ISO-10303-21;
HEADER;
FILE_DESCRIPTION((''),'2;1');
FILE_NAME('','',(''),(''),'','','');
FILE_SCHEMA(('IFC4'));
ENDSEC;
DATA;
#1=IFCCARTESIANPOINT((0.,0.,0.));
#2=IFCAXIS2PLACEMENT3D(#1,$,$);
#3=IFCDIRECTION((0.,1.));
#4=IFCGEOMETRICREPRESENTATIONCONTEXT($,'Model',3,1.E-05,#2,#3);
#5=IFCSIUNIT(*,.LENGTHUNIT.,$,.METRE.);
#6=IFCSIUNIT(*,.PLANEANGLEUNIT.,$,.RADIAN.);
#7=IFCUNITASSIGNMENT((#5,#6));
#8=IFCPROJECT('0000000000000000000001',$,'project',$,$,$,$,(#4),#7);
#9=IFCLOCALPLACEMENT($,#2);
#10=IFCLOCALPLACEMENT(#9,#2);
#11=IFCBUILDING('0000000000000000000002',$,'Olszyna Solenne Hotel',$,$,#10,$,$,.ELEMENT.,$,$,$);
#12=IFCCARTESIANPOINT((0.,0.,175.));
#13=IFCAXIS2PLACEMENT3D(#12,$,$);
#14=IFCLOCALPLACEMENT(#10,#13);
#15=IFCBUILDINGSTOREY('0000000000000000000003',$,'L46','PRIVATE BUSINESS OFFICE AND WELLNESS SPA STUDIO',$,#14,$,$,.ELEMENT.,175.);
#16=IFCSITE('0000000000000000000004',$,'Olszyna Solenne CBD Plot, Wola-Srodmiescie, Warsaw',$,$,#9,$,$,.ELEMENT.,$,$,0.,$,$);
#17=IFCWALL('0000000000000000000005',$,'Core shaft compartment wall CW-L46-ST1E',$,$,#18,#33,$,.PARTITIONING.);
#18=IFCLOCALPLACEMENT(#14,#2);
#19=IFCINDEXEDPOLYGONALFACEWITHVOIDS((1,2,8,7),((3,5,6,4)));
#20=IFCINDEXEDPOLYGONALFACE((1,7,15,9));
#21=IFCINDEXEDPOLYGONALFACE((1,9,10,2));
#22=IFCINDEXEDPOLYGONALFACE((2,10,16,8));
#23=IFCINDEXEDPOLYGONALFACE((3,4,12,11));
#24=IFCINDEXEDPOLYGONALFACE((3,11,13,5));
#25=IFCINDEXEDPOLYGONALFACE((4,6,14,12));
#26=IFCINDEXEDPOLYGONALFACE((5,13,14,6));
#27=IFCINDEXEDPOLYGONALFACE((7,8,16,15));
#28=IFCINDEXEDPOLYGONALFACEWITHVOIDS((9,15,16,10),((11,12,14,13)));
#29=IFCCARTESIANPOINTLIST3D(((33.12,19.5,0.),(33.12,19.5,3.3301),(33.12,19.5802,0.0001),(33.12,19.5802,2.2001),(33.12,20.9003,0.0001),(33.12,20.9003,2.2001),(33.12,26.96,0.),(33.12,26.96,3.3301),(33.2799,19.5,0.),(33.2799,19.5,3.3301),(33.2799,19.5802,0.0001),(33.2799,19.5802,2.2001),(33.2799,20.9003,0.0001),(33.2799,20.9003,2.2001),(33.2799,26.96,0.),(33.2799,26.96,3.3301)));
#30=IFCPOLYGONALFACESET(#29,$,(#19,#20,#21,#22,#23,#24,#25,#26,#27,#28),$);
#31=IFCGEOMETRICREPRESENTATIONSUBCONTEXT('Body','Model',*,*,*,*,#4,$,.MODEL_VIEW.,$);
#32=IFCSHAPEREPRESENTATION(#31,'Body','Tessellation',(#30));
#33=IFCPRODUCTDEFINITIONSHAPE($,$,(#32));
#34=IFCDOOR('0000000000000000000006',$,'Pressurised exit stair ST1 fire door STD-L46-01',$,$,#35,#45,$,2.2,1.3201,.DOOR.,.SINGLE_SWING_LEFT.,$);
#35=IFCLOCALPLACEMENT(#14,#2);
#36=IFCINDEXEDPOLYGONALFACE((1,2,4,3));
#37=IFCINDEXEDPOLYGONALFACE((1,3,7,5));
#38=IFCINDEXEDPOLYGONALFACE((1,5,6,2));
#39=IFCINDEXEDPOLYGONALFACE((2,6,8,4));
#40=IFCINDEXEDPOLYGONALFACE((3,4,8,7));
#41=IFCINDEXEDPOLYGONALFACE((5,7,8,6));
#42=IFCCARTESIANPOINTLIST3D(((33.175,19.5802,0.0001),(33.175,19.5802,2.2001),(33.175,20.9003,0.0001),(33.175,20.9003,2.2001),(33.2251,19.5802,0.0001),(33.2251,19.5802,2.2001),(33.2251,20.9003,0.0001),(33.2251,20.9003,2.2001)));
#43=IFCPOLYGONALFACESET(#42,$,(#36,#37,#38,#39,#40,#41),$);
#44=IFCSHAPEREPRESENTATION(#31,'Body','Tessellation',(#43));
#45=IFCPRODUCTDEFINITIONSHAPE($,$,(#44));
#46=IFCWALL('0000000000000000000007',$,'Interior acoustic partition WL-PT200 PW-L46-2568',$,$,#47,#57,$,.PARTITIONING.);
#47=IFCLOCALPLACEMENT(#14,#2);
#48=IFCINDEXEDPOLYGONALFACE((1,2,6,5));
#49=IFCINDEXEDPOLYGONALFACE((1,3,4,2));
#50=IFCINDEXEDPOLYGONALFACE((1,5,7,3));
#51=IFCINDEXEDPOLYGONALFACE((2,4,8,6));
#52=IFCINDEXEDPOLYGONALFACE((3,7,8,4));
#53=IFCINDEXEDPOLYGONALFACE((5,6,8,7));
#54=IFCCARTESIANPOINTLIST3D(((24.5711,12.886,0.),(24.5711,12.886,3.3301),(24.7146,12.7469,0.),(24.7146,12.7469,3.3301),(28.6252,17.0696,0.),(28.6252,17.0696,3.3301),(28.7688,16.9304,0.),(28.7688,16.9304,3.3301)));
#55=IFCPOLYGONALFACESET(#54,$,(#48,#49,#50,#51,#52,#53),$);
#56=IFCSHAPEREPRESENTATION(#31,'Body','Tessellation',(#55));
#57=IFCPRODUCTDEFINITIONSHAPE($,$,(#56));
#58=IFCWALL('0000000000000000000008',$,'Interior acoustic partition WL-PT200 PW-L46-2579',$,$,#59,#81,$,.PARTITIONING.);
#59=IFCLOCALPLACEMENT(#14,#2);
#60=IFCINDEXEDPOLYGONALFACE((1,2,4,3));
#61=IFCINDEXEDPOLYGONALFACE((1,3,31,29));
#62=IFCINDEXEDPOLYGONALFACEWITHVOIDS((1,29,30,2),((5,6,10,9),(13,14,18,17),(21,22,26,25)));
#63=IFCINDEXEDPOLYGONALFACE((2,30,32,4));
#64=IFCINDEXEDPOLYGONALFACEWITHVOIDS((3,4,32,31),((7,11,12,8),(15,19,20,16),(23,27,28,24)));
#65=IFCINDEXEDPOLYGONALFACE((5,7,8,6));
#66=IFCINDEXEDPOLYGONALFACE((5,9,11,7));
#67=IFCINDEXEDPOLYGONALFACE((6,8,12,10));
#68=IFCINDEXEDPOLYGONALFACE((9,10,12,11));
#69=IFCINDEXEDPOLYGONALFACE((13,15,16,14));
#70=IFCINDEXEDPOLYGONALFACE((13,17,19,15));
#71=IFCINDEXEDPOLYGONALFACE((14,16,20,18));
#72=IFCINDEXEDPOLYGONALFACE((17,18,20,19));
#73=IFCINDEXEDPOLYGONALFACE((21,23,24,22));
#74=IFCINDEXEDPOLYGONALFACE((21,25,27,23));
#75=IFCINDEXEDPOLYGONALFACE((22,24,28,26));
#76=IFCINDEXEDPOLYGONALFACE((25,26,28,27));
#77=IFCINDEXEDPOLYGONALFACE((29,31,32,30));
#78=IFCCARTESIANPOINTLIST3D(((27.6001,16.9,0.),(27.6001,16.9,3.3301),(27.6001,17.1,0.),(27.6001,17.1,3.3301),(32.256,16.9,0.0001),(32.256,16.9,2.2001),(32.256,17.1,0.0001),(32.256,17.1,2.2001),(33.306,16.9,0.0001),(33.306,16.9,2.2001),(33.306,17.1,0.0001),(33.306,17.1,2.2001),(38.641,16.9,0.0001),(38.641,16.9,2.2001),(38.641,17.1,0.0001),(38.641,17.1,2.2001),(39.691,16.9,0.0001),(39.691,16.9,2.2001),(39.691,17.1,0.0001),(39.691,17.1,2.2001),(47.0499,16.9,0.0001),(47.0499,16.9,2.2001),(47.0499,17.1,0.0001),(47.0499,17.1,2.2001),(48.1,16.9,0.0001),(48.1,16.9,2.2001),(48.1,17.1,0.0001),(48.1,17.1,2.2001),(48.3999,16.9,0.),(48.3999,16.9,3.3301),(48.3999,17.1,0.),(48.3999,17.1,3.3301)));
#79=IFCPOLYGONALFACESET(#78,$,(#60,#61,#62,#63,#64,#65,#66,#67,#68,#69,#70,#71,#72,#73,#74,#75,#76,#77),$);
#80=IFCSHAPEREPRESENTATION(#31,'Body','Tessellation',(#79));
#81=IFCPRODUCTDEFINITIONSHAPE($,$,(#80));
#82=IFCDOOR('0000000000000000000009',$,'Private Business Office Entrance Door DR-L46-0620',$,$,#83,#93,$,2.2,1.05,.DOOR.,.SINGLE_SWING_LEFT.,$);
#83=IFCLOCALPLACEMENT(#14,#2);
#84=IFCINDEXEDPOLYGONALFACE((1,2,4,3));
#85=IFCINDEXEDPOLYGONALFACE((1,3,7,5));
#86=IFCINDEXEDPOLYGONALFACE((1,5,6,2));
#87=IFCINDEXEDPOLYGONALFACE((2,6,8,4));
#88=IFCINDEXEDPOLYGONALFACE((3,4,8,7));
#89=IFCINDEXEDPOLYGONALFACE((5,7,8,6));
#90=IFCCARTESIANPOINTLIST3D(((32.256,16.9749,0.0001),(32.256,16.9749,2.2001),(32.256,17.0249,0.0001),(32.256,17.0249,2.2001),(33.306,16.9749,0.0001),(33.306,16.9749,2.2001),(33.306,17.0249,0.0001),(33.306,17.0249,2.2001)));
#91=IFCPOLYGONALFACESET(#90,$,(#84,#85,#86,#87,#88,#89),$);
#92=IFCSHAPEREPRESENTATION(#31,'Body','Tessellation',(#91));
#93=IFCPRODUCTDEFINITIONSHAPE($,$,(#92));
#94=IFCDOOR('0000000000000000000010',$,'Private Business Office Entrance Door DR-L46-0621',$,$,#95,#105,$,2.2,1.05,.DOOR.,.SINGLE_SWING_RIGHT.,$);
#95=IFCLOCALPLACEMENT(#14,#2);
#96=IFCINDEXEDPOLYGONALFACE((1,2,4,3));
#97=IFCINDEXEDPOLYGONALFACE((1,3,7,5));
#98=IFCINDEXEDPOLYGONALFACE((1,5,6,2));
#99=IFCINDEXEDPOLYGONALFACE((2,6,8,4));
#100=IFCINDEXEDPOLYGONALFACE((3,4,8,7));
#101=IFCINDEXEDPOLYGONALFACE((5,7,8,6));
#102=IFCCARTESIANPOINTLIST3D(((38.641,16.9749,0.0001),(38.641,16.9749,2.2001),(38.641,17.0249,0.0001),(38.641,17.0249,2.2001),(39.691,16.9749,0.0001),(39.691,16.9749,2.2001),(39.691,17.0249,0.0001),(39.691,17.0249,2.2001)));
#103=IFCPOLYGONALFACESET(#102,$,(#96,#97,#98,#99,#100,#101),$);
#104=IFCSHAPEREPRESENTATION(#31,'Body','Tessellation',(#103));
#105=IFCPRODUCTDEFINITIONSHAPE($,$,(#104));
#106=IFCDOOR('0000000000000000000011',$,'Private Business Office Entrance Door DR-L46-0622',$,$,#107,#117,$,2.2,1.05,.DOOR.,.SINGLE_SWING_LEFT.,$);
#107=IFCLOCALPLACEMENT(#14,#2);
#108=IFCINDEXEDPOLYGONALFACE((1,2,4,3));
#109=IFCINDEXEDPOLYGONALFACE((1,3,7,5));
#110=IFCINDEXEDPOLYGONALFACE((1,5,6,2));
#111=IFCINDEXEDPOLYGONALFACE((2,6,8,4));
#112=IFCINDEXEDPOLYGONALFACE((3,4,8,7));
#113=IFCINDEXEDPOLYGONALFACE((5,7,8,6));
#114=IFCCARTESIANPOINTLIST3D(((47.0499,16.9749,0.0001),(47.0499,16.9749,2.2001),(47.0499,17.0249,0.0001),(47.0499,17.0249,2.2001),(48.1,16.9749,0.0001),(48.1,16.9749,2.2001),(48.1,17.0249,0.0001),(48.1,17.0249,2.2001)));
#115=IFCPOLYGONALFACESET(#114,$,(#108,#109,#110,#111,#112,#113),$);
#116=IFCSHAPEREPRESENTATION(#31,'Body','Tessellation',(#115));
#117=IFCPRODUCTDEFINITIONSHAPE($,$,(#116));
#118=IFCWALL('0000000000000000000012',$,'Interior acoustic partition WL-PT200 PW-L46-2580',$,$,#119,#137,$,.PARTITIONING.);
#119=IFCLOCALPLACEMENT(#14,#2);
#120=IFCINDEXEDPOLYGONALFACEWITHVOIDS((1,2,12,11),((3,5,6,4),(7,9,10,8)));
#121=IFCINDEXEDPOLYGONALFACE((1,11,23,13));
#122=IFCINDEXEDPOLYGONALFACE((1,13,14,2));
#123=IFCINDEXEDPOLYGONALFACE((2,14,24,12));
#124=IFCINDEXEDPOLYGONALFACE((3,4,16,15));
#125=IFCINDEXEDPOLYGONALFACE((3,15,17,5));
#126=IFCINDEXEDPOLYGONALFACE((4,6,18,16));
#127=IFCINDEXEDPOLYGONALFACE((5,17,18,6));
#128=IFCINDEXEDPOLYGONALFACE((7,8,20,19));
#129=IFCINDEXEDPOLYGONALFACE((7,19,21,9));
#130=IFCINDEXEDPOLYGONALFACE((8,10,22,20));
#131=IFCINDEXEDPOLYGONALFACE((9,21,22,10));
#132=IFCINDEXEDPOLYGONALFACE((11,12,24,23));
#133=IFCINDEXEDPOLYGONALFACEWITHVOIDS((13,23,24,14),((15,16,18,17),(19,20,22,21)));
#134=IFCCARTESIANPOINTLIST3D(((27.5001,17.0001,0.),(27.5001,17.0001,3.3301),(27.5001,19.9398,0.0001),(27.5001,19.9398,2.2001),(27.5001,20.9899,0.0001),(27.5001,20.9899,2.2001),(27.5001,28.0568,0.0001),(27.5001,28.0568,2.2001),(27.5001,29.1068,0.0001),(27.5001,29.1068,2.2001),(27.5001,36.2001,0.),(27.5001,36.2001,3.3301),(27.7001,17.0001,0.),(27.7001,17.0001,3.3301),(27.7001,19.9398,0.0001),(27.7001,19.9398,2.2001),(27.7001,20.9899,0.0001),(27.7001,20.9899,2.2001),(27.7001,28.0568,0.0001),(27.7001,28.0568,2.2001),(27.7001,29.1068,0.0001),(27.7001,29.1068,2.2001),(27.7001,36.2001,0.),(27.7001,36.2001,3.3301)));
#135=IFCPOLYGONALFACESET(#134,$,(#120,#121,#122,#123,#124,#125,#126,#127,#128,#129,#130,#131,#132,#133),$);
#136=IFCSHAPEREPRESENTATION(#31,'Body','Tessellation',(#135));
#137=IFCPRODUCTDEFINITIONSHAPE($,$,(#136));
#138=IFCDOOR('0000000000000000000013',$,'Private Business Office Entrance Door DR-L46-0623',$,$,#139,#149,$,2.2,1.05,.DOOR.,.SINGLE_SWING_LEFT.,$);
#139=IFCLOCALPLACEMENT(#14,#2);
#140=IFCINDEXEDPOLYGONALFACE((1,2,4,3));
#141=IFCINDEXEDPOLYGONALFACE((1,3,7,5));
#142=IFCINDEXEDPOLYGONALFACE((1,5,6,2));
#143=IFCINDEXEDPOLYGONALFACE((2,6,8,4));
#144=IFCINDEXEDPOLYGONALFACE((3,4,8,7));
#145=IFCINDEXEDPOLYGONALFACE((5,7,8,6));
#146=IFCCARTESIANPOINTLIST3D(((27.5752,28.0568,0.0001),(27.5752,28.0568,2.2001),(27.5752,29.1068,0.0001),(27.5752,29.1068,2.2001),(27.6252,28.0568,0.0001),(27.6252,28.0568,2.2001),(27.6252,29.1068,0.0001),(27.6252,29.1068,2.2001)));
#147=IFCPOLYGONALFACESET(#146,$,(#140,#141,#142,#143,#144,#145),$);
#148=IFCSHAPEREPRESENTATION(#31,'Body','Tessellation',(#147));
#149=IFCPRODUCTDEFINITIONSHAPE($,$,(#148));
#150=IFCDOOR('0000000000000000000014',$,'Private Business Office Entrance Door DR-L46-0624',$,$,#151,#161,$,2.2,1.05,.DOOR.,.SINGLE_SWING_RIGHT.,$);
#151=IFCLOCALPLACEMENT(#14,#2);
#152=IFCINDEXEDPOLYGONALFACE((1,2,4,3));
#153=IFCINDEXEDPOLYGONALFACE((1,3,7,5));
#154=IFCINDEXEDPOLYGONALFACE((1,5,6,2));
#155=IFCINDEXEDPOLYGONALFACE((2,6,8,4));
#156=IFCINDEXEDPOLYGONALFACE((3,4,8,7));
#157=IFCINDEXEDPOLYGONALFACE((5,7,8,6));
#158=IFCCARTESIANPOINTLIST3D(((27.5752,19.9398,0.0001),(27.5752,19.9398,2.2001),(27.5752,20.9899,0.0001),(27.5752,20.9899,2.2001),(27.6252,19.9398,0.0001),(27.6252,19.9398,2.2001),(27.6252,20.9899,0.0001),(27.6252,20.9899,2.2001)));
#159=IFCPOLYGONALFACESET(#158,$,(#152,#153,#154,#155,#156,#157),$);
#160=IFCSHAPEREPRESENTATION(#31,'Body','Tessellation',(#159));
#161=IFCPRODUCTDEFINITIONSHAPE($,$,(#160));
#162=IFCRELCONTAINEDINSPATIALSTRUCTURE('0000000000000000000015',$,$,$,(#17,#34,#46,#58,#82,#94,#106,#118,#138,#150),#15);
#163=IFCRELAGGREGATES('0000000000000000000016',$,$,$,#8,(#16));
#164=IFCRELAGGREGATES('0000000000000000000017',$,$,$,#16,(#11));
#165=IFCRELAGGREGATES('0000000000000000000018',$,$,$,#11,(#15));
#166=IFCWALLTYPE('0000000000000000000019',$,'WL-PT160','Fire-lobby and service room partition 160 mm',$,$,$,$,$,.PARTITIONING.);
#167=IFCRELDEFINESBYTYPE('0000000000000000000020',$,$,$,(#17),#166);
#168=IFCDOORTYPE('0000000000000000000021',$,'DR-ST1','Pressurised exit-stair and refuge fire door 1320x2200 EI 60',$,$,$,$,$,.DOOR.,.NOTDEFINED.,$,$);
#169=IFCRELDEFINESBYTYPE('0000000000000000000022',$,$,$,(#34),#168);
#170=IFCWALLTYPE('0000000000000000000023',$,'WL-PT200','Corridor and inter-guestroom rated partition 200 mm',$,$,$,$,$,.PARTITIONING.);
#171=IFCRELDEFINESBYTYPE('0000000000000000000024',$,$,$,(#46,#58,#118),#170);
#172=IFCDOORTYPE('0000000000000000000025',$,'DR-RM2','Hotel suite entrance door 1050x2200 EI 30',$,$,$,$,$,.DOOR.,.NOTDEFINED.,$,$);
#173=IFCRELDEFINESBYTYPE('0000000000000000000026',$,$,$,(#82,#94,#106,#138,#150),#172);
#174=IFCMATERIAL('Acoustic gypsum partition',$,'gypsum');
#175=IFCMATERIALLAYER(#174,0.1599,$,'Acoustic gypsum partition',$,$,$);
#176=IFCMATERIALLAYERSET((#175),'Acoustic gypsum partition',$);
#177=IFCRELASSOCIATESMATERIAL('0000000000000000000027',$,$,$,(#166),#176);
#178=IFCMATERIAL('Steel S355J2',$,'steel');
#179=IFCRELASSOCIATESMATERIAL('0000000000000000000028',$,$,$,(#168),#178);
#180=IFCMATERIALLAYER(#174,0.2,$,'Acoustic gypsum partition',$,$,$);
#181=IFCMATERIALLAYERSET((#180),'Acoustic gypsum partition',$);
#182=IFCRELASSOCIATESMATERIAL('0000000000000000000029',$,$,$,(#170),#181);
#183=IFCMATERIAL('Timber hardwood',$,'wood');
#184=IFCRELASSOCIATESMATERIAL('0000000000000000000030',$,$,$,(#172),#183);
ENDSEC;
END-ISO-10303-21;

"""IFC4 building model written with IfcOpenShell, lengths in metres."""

from ifc_helpers import new_model, si_unit, direction, frame, frame_2d, origin, place, context, subcontext, project, spatial, rectangle, extrude, source, transform, mapped, material, layer, layer_set, type_object, type_shapes, element, fill, save


model = new_model("IFC4")

# Units and contexts
model_context = context("Model", 3, precision=1e-05, world=origin(), true_north=direction((0.0, 1.0)))
body_context = subcontext(model_context, "Body", "Model", "MODEL_VIEW")
ifc_project = project(units=[si_unit("LENGTHUNIT", "METRE"), si_unit("PLANEANGLEUNIT", "RADIAN")], contexts=[model_context])

# Site, building, storey
site_placement = place(None, origin())
site = spatial("IfcSite", under=ifc_project, at=site_placement, Name="Olszyna Solenne CBD Plot, Wola-Srodmiescie, Warsaw", CompositionType="ELEMENT", RefElevation=0.0)
building_placement = place(site_placement, origin())
building = spatial("IfcBuilding", under=site, at=building_placement, Name="Olszyna Solenne Hotel", CompositionType="ELEMENT")
storey_placement = place(building_placement, frame((0.0, 0.0, 175.0)))
storey = spatial("IfcBuildingStorey", under=building, at=storey_placement, Name="L46", Description="PRIVATE BUSINESS OFFICE AND WELLNESS SPA STUDIO", CompositionType="ELEMENT", Elevation=175.0)

# Shared definitions
ifc_material_1 = material(Name="Steel S355J2", Category="steel")

# Wall, opening, door
ifc_material_2 = material(Name="Timber hardwood", Category="wood")
ifc_material_3 = material(Name="Acoustic gypsum partition", Category="gypsum")
ifc_layer_1 = layer(ifc_material_3, 0.1599, Name="Acoustic gypsum partition")
ifc_layer_set_1 = layer_set([ifc_layer_1], Name="Acoustic gypsum partition")
wall_type_1 = type_object("IfcWallType", Name="WL-PT160", Description="Fire-lobby and service room partition 160 mm", PredefinedType="PARTITIONING", material=ifc_layer_set_1)
wall_1_placement = place(storey_placement, frame((33.2, 19.5, 0.0), z_axis=(0.0, 0.0, 1.0), x_axis=(0.0, 1.0, 0.0)))
wall_1 = element("IfcWall", 1, at=wall_1_placement, inside=storey, type_object=wall_type_1, Name="Core shaft compartment wall CW-L46-ST1E", PredefinedType="PARTITIONING", context=body_context, shape_type="SweptSolid", body=[
    extrude(rectangle(XDim=7.46, YDim=0.1599, at=frame_2d((3.73, 0.0))), origin(), (0.0, 0.0, 1.0), 3.3301),
])
opening_1_placement = place(wall_1_placement, frame((0.0801, 0.0, 0.0)))
opening_1 = element("IfcOpeningElement", 2, at=opening_1_placement, cuts=wall_1, PredefinedType="OPENING", context=body_context, shape_type="SweptSolid", body=[
    extrude(rectangle(XDim=1.3201, YDim=2.2, at=frame_2d((0.6602, 1.1001))), frame((0.0, 0.0898, 0.0), z_axis=(0.0, -1.0, 0.0), x_axis=(1.0, 0.0, 0.0)), (0.0, 0.0, 1.0), 0.1799),
])
door_type_1 = type_object("IfcDoorType", Name="DR-ST1", Description="Pressurised exit-stair and refuge fire door 1320x2200 EI 60", OperationType="NOTDEFINED", PredefinedType="DOOR", material=ifc_material_1)
shared_shape_1 = source(origin(), body_context, "Body", "SweptSolid", [
    extrude(rectangle(XDim=1.3201, YDim=2.2, at=frame_2d((0.6602, 1.1001))), frame((0.0, 0.0249, 0.0), z_axis=(0.0, -1.0, 0.0), x_axis=(1.0, 0.0, 0.0)), (0.0, 0.0, 1.0), 0.05),
])
type_shapes(door_type_1, [shared_shape_1])
door_1_placement = place(opening_1_placement, origin())
door_1 = element("IfcDoor", 3, at=door_1_placement, inside=storey, type_object=door_type_1, Name="Pressurised exit stair ST1 fire door STD-L46-01", OperationType="SINGLE_SWING_LEFT", OverallHeight=2.2, OverallWidth=1.3201, PredefinedType="DOOR", context=body_context, shape_type="MappedRepresentation", body=[
    mapped(shared_shape_1, transform((0.0, 0.0, 0.0), x_axis=(1.0, 0.0, 0.0), y_axis=(0.0, 1.0, 0.0), z_axis=(0.0, 0.0, 1.0), scale=1.0)),
])
fill(opening_1, door_1)

# Wall
ifc_layer_2 = layer(ifc_material_3, 0.2, Name="Acoustic gypsum partition")
ifc_layer_set_2 = layer_set([ifc_layer_2], Name="Acoustic gypsum partition")
wall_type_2 = type_object("IfcWallType", Name="WL-PT200", Description="Corridor and inter-guestroom rated partition 200 mm", PredefinedType="PARTITIONING", material=ifc_layer_set_2)
wall_2_placement = place(storey_placement, frame((28.697, 17.0, 0.0), z_axis=(0.0, 0.0, 1.0), x_axis=(-0.695914, -0.718125, 0.0)))
element("IfcWall", 4, at=wall_2_placement, inside=storey, type_object=wall_type_2, Name="Interior acoustic partition WL-PT200 PW-L46-2568", PredefinedType="PARTITIONING", context=body_context, shape_type="SweptSolid", body=[
    extrude(rectangle(XDim=5.8257, YDim=0.2, at=frame_2d((2.9128, 0.0))), origin(), (0.0, 0.0, 1.0), 3.3301),
])

# Walls, openings, doors
wall_3_placement = place(storey_placement, frame((27.6001, 17.0, 0.0), z_axis=(0.0, 0.0, 1.0), x_axis=(1.0, 0.0, 0.0)))
wall_3 = element("IfcWall", 5, at=wall_3_placement, inside=storey, type_object=wall_type_2, Name="Interior acoustic partition WL-PT200 PW-L46-2579", PredefinedType="PARTITIONING", context=body_context, shape_type="SweptSolid", body=[
    extrude(rectangle(XDim=20.7998, YDim=0.2, at=frame_2d((10.3999, 0.0))), origin(), (0.0, 0.0, 1.0), 3.3301),
])
opening_2_placement = place(wall_3_placement, frame((4.656, 0.0, 0.0)))
opening_2 = element("IfcOpeningElement", 6, at=opening_2_placement, cuts=wall_3, PredefinedType="OPENING", context=body_context, shape_type="SweptSolid", body=[
    extrude(rectangle(XDim=1.05, YDim=2.2, at=frame_2d((0.5249, 1.1001))), frame((0.0, 0.1099, 0.0), z_axis=(0.0, -1.0, 0.0), x_axis=(1.0, 0.0, 0.0)), (0.0, 0.0, 1.0), 0.22),
])
opening_3_placement = place(wall_3_placement, frame((11.041, 0.0, 0.0)))
opening_3 = element("IfcOpeningElement", 7, at=opening_3_placement, cuts=wall_3, PredefinedType="OPENING", context=body_context, shape_type="SweptSolid", body=[
    extrude(rectangle(XDim=1.05, YDim=2.2, at=frame_2d((0.5249, 1.1001))), frame((0.0, 0.1099, 0.0), z_axis=(0.0, -1.0, 0.0), x_axis=(1.0, 0.0, 0.0)), (0.0, 0.0, 1.0), 0.22),
])
opening_4_placement = place(wall_3_placement, frame((19.45, 0.0, 0.0)))
opening_4 = element("IfcOpeningElement", 8, at=opening_4_placement, cuts=wall_3, PredefinedType="OPENING", context=body_context, shape_type="SweptSolid", body=[
    extrude(rectangle(XDim=1.05, YDim=2.2, at=frame_2d((0.5249, 1.1001))), frame((0.0, 0.1099, 0.0), z_axis=(0.0, -1.0, 0.0), x_axis=(1.0, 0.0, 0.0)), (0.0, 0.0, 1.0), 0.22),
])
door_type_2 = type_object("IfcDoorType", Name="DR-RM2", Description="Hotel suite entrance door 1050x2200 EI 30", OperationType="NOTDEFINED", PredefinedType="DOOR", material=ifc_material_2)
shared_shape_2 = source(origin(), body_context, "Body", "SweptSolid", [
    extrude(rectangle(XDim=1.05, YDim=2.2, at=frame_2d((0.5249, 1.1001))), frame((0.0, 0.0249, 0.0), z_axis=(0.0, -1.0, 0.0), x_axis=(1.0, 0.0, 0.0)), (0.0, 0.0, 1.0), 0.05),
])
type_shapes(door_type_2, [shared_shape_2])
door_2_placement = place(opening_2_placement, origin())
door_2 = element("IfcDoor", 9, at=door_2_placement, inside=storey, type_object=door_type_2, Name="Private Business Office Entrance Door DR-L46-0620", OperationType="SINGLE_SWING_LEFT", OverallHeight=2.2, OverallWidth=1.05, PredefinedType="DOOR", context=body_context, shape_type="MappedRepresentation", body=[
    mapped(shared_shape_2, transform((0.0, 0.0, 0.0), x_axis=(1.0, 0.0, 0.0), y_axis=(0.0, 1.0, 0.0), z_axis=(0.0, 0.0, 1.0), scale=1.0)),
])
fill(opening_2, door_2)
door_3_placement = place(opening_3_placement, origin())
door_3 = element("IfcDoor", 10, at=door_3_placement, inside=storey, type_object=door_type_2, Name="Private Business Office Entrance Door DR-L46-0621", OperationType="SINGLE_SWING_RIGHT", OverallHeight=2.2, OverallWidth=1.05, PredefinedType="DOOR", context=body_context, shape_type="MappedRepresentation", body=[
    mapped(shared_shape_2, transform((0.0, 0.0, 0.0), x_axis=(1.0, 0.0, 0.0), y_axis=(0.0, 1.0, 0.0), z_axis=(0.0, 0.0, 1.0), scale=1.0)),
])
fill(opening_3, door_3)
door_4_placement = place(opening_4_placement, origin())
door_4 = element("IfcDoor", 11, at=door_4_placement, inside=storey, type_object=door_type_2, Name="Private Business Office Entrance Door DR-L46-0622", OperationType="SINGLE_SWING_LEFT", OverallHeight=2.2, OverallWidth=1.05, PredefinedType="DOOR", context=body_context, shape_type="MappedRepresentation", body=[
    mapped(shared_shape_2, transform((0.0, 0.0, 0.0), x_axis=(1.0, 0.0, 0.0), y_axis=(0.0, 1.0, 0.0), z_axis=(0.0, 0.0, 1.0), scale=1.0)),
])
fill(opening_4, door_4)
wall_4_placement = place(storey_placement, frame((27.6001, 17.0, 0.0), z_axis=(0.0, 0.0, 1.0), x_axis=(0.0, 1.0, 0.0)))
wall_4 = element("IfcWall", 12, at=wall_4_placement, inside=storey, type_object=wall_type_2, Name="Interior acoustic partition WL-PT200 PW-L46-2580", PredefinedType="PARTITIONING", context=body_context, shape_type="SweptSolid", body=[
    extrude(rectangle(XDim=19.2, YDim=0.2, at=frame_2d((9.6001, 0.0))), origin(), (0.0, 0.0, 1.0), 3.3301),
])
opening_5_placement = place(wall_4_placement, frame((11.0569, 0.0, 0.0)))
opening_5 = element("IfcOpeningElement", 13, at=opening_5_placement, cuts=wall_4, PredefinedType="OPENING", context=body_context, shape_type="SweptSolid", body=[
    extrude(rectangle(XDim=1.05, YDim=2.2, at=frame_2d((0.5249, 1.1001))), frame((0.0, 0.1099, 0.0), z_axis=(0.0, -1.0, 0.0), x_axis=(1.0, 0.0, 0.0)), (0.0, 0.0, 1.0), 0.22),
])
opening_6_placement = place(wall_4_placement, frame((2.9399, 0.0, 0.0)))
opening_6 = element("IfcOpeningElement", 14, at=opening_6_placement, cuts=wall_4, PredefinedType="OPENING", context=body_context, shape_type="SweptSolid", body=[
    extrude(rectangle(XDim=1.05, YDim=2.2, at=frame_2d((0.5249, 1.1001))), frame((0.0, 0.1099, 0.0), z_axis=(0.0, -1.0, 0.0), x_axis=(1.0, 0.0, 0.0)), (0.0, 0.0, 1.0), 0.22),
])
door_5_placement = place(opening_5_placement, origin())
door_5 = element("IfcDoor", 15, at=door_5_placement, inside=storey, type_object=door_type_2, Name="Private Business Office Entrance Door DR-L46-0623", OperationType="SINGLE_SWING_LEFT", OverallHeight=2.2, OverallWidth=1.05, PredefinedType="DOOR", context=body_context, shape_type="MappedRepresentation", body=[
    mapped(shared_shape_2, transform((0.0, 0.0, 0.0), x_axis=(1.0, 0.0, 0.0), y_axis=(0.0, 1.0, 0.0), z_axis=(0.0, 0.0, 1.0), scale=1.0)),
])
fill(opening_5, door_5)
door_6_placement = place(opening_6_placement, origin())
door_6 = element("IfcDoor", 16, at=door_6_placement, inside=storey, type_object=door_type_2, Name="Private Business Office Entrance Door DR-L46-0624", OperationType="SINGLE_SWING_RIGHT", OverallHeight=2.2, OverallWidth=1.05, PredefinedType="DOOR", context=body_context, shape_type="MappedRepresentation", body=[
    mapped(shared_shape_2, transform((0.0, 0.0, 0.0), x_axis=(1.0, 0.0, 0.0), y_axis=(0.0, 1.0, 0.0), z_axis=(0.0, 0.0, 1.0), scale=1.0)),
])
fill(opening_6, door_6)

save(model, "model.ifc")
